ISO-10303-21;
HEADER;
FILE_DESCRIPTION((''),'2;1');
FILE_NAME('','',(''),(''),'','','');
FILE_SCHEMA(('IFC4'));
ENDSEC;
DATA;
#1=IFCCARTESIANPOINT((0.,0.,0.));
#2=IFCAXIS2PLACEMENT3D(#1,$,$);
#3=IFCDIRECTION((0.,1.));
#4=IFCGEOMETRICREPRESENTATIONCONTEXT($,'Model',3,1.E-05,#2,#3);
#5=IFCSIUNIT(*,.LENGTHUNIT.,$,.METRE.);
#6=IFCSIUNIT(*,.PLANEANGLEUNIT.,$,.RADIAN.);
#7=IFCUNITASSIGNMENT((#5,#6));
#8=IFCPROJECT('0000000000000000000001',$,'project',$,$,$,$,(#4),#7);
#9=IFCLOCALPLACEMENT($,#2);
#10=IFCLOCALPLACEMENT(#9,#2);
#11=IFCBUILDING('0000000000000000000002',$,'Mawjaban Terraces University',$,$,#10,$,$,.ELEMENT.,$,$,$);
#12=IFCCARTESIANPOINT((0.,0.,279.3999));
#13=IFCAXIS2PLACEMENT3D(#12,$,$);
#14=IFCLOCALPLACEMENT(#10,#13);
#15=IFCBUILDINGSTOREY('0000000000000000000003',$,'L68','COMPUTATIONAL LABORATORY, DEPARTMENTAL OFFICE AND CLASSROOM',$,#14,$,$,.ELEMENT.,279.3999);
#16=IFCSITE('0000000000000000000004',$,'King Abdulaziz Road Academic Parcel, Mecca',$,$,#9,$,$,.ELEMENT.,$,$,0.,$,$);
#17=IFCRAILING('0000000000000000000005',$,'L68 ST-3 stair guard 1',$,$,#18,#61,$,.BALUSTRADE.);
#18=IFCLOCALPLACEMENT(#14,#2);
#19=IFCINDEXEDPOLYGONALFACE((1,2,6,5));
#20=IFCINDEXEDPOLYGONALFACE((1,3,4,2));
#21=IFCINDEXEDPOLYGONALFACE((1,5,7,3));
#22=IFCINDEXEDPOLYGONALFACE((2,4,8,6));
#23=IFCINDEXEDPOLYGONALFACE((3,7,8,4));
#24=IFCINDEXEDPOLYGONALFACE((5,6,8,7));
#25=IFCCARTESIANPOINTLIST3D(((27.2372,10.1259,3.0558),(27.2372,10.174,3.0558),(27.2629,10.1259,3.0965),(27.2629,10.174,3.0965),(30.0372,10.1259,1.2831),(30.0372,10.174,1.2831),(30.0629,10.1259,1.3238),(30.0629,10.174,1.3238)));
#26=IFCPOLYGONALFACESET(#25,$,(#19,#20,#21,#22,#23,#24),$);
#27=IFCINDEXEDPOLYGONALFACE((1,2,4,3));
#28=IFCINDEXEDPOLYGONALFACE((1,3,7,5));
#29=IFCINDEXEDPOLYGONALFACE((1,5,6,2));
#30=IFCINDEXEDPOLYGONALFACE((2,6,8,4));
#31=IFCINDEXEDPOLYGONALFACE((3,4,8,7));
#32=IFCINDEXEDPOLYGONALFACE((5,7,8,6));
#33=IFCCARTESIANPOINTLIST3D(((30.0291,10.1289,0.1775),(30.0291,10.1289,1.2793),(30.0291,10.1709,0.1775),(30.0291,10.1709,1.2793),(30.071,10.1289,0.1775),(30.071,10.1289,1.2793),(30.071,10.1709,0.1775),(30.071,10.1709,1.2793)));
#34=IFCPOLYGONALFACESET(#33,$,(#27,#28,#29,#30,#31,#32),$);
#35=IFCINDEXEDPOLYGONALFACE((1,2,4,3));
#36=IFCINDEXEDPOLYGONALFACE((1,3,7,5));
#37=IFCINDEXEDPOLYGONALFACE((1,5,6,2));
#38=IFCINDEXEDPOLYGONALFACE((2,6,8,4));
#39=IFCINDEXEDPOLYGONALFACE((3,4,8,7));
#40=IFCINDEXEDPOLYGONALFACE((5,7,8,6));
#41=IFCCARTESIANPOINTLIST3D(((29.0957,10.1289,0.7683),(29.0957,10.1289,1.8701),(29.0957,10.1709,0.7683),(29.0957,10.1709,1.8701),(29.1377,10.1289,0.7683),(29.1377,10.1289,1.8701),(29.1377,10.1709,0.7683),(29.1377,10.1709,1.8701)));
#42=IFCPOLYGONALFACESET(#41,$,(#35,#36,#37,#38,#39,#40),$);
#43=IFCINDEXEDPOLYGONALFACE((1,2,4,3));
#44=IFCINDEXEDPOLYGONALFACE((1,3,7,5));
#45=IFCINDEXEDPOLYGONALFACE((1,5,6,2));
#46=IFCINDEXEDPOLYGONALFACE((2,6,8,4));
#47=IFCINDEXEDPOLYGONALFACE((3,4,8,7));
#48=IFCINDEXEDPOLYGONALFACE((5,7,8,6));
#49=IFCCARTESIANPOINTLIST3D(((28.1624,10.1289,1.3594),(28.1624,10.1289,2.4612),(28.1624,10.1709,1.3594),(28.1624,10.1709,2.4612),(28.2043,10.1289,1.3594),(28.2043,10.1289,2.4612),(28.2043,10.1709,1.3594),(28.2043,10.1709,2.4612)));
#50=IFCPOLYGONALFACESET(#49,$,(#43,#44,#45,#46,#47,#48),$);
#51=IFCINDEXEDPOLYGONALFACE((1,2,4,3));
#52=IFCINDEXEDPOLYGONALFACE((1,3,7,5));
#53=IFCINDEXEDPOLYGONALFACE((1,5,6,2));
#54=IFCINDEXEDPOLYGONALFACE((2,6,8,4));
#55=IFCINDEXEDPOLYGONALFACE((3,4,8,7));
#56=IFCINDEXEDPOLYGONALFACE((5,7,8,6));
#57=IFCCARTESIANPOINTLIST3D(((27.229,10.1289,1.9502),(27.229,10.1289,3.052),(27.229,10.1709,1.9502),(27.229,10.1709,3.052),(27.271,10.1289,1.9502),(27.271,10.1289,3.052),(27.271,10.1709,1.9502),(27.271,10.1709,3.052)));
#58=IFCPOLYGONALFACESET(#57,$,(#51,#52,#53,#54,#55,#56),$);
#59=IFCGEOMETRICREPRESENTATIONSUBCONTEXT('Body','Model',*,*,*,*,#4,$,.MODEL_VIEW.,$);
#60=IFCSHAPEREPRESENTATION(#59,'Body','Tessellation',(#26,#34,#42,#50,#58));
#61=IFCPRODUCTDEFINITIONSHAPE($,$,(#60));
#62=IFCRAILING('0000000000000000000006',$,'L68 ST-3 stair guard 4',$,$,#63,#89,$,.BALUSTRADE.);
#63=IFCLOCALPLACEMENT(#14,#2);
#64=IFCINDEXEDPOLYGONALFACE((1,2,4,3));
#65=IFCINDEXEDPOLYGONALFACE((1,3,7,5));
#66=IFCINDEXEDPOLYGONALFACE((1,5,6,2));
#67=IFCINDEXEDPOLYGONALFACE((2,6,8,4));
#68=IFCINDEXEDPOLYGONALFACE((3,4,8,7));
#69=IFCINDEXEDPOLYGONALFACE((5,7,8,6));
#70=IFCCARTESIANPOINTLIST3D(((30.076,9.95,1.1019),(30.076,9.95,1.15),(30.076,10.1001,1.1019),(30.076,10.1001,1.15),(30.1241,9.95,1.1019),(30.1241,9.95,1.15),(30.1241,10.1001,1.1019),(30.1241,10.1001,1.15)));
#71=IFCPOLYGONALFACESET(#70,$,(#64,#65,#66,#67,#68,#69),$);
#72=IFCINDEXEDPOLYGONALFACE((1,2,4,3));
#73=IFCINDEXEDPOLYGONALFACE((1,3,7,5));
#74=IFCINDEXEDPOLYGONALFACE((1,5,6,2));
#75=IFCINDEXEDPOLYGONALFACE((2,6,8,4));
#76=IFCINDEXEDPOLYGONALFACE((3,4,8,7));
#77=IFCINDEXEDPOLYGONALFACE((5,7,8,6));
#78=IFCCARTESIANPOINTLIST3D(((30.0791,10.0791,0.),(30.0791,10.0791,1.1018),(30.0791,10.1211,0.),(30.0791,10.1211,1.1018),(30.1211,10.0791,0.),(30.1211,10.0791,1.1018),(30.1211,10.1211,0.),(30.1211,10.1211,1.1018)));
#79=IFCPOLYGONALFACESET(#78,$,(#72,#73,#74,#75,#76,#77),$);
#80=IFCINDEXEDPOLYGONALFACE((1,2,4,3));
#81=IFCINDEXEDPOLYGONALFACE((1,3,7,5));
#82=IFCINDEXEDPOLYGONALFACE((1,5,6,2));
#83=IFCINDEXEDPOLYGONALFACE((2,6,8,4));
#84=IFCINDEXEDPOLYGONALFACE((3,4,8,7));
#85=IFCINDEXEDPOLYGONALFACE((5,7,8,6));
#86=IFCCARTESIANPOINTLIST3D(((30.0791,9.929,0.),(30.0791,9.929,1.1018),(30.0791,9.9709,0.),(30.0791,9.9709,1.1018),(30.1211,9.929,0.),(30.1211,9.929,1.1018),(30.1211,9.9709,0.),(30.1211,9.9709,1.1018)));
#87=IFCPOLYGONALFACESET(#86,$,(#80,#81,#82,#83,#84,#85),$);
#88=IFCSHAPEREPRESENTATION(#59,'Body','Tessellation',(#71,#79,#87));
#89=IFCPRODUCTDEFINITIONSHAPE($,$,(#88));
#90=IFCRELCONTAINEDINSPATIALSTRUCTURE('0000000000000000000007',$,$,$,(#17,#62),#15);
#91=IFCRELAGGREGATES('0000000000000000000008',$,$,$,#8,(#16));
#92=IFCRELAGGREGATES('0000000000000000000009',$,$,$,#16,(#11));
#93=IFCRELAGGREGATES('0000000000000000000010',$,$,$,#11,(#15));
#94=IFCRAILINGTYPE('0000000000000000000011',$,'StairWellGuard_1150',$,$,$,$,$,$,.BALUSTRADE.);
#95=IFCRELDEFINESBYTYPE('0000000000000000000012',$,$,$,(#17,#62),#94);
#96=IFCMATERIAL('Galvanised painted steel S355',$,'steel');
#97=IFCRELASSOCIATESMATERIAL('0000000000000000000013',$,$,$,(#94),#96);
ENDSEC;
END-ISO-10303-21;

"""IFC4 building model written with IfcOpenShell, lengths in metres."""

from ifc_helpers import new_model, si_unit, direction, frame, origin, origin_2d, place, context, subcontext, project, spatial, rectangle, extrude, material, type_object, element, save


model = new_model("IFC4")

# Units and contexts
model_context = context("Model", 3, precision=1e-05, world=origin(), true_north=direction((0.0, 1.0)))
body_context = subcontext(model_context, "Body", "Model", "MODEL_VIEW")
ifc_project = project(units=[si_unit("LENGTHUNIT", "METRE"), si_unit("PLANEANGLEUNIT", "RADIAN")], contexts=[model_context])

# Site, building, storey
site_placement = place(None, origin())
site = spatial("IfcSite", under=ifc_project, at=site_placement, Name="King Abdulaziz Road Academic Parcel, Mecca", CompositionType="ELEMENT", RefElevation=0.0)
building_placement = place(site_placement, origin())
building = spatial("IfcBuilding", under=site, at=building_placement, Name="Mawjaban Terraces University", CompositionType="ELEMENT")
storey_placement = place(building_placement, frame((0.0, 0.0, 279.3999)))
storey = spatial("IfcBuildingStorey", under=building, at=storey_placement, Name="L68", Description="COMPUTATIONAL LABORATORY, DEPARTMENTAL OFFICE AND CLASSROOM", CompositionType="ELEMENT", Elevation=279.3999)

# Railings
ifc_material_1 = material(Name="Galvanised painted steel S355", Category="steel")
railing_type_1 = type_object("IfcRailingType", Name="StairWellGuard_1150", PredefinedType="BALUSTRADE", material=ifc_material_1)
railing_1_placement = place(storey_placement, frame((30.05, 10.1499, 0.1775)))
element("IfcRailing", 1, at=railing_1_placement, inside=storey, type_object=railing_type_1, Name="L68 ST-3 stair guard 1", PredefinedType="BALUSTRADE", context=body_context, shape_type="SweptSolid", body=[
    extrude(rectangle(XDim=0.0481, YDim=0.0481, at=origin_2d()), frame((0.0, 0.0, 1.126), z_axis=(-0.844909, 0.0, 0.53491), x_axis=(0.0, -1.0, 0.0)), (0.0, 0.0, 1.0), 3.314),
    extrude(rectangle(XDim=0.042, YDim=0.042, at=origin_2d()), origin(), (0.0, 0.0, 1.0), 1.1018),
    extrude(rectangle(XDim=0.042, YDim=0.042, at=origin_2d()), frame((-0.9333, 0.0, 0.5908)), (0.0, 0.0, 1.0), 1.1018),
    extrude(rectangle(XDim=0.042, YDim=0.042, at=origin_2d()), frame((-1.8667, 0.0, 1.1819)), (0.0, 0.0, 1.0), 1.1018),
    extrude(rectangle(XDim=0.042, YDim=0.042, at=origin_2d()), frame((-2.8, 0.0, 1.7727)), (0.0, 0.0, 1.0), 1.1018),
])
railing_2_placement = place(storey_placement, frame((30.1001, 10.1001, 0.0)))
element("IfcRailing", 2, at=railing_2_placement, inside=storey, type_object=railing_type_1, Name="L68 ST-3 stair guard 4", PredefinedType="BALUSTRADE", context=body_context, shape_type="SweptSolid", body=[
    extrude(rectangle(XDim=0.0481, YDim=0.0481, at=origin_2d()), frame((0.0, 0.0, 1.126), z_axis=(0.0, -1.0, 0.0), x_axis=(1.0, 0.0, 0.0)), (0.0, 0.0, 1.0), 0.1501),
    extrude(rectangle(XDim=0.042, YDim=0.042, at=origin_2d()), origin(), (0.0, 0.0, 1.0), 1.1018),
    extrude(rectangle(XDim=0.042, YDim=0.042, at=origin_2d()), frame((0.0, -0.1501, 0.0)), (0.0, 0.0, 1.0), 1.1018),
])

save(model, "model.ifc")
